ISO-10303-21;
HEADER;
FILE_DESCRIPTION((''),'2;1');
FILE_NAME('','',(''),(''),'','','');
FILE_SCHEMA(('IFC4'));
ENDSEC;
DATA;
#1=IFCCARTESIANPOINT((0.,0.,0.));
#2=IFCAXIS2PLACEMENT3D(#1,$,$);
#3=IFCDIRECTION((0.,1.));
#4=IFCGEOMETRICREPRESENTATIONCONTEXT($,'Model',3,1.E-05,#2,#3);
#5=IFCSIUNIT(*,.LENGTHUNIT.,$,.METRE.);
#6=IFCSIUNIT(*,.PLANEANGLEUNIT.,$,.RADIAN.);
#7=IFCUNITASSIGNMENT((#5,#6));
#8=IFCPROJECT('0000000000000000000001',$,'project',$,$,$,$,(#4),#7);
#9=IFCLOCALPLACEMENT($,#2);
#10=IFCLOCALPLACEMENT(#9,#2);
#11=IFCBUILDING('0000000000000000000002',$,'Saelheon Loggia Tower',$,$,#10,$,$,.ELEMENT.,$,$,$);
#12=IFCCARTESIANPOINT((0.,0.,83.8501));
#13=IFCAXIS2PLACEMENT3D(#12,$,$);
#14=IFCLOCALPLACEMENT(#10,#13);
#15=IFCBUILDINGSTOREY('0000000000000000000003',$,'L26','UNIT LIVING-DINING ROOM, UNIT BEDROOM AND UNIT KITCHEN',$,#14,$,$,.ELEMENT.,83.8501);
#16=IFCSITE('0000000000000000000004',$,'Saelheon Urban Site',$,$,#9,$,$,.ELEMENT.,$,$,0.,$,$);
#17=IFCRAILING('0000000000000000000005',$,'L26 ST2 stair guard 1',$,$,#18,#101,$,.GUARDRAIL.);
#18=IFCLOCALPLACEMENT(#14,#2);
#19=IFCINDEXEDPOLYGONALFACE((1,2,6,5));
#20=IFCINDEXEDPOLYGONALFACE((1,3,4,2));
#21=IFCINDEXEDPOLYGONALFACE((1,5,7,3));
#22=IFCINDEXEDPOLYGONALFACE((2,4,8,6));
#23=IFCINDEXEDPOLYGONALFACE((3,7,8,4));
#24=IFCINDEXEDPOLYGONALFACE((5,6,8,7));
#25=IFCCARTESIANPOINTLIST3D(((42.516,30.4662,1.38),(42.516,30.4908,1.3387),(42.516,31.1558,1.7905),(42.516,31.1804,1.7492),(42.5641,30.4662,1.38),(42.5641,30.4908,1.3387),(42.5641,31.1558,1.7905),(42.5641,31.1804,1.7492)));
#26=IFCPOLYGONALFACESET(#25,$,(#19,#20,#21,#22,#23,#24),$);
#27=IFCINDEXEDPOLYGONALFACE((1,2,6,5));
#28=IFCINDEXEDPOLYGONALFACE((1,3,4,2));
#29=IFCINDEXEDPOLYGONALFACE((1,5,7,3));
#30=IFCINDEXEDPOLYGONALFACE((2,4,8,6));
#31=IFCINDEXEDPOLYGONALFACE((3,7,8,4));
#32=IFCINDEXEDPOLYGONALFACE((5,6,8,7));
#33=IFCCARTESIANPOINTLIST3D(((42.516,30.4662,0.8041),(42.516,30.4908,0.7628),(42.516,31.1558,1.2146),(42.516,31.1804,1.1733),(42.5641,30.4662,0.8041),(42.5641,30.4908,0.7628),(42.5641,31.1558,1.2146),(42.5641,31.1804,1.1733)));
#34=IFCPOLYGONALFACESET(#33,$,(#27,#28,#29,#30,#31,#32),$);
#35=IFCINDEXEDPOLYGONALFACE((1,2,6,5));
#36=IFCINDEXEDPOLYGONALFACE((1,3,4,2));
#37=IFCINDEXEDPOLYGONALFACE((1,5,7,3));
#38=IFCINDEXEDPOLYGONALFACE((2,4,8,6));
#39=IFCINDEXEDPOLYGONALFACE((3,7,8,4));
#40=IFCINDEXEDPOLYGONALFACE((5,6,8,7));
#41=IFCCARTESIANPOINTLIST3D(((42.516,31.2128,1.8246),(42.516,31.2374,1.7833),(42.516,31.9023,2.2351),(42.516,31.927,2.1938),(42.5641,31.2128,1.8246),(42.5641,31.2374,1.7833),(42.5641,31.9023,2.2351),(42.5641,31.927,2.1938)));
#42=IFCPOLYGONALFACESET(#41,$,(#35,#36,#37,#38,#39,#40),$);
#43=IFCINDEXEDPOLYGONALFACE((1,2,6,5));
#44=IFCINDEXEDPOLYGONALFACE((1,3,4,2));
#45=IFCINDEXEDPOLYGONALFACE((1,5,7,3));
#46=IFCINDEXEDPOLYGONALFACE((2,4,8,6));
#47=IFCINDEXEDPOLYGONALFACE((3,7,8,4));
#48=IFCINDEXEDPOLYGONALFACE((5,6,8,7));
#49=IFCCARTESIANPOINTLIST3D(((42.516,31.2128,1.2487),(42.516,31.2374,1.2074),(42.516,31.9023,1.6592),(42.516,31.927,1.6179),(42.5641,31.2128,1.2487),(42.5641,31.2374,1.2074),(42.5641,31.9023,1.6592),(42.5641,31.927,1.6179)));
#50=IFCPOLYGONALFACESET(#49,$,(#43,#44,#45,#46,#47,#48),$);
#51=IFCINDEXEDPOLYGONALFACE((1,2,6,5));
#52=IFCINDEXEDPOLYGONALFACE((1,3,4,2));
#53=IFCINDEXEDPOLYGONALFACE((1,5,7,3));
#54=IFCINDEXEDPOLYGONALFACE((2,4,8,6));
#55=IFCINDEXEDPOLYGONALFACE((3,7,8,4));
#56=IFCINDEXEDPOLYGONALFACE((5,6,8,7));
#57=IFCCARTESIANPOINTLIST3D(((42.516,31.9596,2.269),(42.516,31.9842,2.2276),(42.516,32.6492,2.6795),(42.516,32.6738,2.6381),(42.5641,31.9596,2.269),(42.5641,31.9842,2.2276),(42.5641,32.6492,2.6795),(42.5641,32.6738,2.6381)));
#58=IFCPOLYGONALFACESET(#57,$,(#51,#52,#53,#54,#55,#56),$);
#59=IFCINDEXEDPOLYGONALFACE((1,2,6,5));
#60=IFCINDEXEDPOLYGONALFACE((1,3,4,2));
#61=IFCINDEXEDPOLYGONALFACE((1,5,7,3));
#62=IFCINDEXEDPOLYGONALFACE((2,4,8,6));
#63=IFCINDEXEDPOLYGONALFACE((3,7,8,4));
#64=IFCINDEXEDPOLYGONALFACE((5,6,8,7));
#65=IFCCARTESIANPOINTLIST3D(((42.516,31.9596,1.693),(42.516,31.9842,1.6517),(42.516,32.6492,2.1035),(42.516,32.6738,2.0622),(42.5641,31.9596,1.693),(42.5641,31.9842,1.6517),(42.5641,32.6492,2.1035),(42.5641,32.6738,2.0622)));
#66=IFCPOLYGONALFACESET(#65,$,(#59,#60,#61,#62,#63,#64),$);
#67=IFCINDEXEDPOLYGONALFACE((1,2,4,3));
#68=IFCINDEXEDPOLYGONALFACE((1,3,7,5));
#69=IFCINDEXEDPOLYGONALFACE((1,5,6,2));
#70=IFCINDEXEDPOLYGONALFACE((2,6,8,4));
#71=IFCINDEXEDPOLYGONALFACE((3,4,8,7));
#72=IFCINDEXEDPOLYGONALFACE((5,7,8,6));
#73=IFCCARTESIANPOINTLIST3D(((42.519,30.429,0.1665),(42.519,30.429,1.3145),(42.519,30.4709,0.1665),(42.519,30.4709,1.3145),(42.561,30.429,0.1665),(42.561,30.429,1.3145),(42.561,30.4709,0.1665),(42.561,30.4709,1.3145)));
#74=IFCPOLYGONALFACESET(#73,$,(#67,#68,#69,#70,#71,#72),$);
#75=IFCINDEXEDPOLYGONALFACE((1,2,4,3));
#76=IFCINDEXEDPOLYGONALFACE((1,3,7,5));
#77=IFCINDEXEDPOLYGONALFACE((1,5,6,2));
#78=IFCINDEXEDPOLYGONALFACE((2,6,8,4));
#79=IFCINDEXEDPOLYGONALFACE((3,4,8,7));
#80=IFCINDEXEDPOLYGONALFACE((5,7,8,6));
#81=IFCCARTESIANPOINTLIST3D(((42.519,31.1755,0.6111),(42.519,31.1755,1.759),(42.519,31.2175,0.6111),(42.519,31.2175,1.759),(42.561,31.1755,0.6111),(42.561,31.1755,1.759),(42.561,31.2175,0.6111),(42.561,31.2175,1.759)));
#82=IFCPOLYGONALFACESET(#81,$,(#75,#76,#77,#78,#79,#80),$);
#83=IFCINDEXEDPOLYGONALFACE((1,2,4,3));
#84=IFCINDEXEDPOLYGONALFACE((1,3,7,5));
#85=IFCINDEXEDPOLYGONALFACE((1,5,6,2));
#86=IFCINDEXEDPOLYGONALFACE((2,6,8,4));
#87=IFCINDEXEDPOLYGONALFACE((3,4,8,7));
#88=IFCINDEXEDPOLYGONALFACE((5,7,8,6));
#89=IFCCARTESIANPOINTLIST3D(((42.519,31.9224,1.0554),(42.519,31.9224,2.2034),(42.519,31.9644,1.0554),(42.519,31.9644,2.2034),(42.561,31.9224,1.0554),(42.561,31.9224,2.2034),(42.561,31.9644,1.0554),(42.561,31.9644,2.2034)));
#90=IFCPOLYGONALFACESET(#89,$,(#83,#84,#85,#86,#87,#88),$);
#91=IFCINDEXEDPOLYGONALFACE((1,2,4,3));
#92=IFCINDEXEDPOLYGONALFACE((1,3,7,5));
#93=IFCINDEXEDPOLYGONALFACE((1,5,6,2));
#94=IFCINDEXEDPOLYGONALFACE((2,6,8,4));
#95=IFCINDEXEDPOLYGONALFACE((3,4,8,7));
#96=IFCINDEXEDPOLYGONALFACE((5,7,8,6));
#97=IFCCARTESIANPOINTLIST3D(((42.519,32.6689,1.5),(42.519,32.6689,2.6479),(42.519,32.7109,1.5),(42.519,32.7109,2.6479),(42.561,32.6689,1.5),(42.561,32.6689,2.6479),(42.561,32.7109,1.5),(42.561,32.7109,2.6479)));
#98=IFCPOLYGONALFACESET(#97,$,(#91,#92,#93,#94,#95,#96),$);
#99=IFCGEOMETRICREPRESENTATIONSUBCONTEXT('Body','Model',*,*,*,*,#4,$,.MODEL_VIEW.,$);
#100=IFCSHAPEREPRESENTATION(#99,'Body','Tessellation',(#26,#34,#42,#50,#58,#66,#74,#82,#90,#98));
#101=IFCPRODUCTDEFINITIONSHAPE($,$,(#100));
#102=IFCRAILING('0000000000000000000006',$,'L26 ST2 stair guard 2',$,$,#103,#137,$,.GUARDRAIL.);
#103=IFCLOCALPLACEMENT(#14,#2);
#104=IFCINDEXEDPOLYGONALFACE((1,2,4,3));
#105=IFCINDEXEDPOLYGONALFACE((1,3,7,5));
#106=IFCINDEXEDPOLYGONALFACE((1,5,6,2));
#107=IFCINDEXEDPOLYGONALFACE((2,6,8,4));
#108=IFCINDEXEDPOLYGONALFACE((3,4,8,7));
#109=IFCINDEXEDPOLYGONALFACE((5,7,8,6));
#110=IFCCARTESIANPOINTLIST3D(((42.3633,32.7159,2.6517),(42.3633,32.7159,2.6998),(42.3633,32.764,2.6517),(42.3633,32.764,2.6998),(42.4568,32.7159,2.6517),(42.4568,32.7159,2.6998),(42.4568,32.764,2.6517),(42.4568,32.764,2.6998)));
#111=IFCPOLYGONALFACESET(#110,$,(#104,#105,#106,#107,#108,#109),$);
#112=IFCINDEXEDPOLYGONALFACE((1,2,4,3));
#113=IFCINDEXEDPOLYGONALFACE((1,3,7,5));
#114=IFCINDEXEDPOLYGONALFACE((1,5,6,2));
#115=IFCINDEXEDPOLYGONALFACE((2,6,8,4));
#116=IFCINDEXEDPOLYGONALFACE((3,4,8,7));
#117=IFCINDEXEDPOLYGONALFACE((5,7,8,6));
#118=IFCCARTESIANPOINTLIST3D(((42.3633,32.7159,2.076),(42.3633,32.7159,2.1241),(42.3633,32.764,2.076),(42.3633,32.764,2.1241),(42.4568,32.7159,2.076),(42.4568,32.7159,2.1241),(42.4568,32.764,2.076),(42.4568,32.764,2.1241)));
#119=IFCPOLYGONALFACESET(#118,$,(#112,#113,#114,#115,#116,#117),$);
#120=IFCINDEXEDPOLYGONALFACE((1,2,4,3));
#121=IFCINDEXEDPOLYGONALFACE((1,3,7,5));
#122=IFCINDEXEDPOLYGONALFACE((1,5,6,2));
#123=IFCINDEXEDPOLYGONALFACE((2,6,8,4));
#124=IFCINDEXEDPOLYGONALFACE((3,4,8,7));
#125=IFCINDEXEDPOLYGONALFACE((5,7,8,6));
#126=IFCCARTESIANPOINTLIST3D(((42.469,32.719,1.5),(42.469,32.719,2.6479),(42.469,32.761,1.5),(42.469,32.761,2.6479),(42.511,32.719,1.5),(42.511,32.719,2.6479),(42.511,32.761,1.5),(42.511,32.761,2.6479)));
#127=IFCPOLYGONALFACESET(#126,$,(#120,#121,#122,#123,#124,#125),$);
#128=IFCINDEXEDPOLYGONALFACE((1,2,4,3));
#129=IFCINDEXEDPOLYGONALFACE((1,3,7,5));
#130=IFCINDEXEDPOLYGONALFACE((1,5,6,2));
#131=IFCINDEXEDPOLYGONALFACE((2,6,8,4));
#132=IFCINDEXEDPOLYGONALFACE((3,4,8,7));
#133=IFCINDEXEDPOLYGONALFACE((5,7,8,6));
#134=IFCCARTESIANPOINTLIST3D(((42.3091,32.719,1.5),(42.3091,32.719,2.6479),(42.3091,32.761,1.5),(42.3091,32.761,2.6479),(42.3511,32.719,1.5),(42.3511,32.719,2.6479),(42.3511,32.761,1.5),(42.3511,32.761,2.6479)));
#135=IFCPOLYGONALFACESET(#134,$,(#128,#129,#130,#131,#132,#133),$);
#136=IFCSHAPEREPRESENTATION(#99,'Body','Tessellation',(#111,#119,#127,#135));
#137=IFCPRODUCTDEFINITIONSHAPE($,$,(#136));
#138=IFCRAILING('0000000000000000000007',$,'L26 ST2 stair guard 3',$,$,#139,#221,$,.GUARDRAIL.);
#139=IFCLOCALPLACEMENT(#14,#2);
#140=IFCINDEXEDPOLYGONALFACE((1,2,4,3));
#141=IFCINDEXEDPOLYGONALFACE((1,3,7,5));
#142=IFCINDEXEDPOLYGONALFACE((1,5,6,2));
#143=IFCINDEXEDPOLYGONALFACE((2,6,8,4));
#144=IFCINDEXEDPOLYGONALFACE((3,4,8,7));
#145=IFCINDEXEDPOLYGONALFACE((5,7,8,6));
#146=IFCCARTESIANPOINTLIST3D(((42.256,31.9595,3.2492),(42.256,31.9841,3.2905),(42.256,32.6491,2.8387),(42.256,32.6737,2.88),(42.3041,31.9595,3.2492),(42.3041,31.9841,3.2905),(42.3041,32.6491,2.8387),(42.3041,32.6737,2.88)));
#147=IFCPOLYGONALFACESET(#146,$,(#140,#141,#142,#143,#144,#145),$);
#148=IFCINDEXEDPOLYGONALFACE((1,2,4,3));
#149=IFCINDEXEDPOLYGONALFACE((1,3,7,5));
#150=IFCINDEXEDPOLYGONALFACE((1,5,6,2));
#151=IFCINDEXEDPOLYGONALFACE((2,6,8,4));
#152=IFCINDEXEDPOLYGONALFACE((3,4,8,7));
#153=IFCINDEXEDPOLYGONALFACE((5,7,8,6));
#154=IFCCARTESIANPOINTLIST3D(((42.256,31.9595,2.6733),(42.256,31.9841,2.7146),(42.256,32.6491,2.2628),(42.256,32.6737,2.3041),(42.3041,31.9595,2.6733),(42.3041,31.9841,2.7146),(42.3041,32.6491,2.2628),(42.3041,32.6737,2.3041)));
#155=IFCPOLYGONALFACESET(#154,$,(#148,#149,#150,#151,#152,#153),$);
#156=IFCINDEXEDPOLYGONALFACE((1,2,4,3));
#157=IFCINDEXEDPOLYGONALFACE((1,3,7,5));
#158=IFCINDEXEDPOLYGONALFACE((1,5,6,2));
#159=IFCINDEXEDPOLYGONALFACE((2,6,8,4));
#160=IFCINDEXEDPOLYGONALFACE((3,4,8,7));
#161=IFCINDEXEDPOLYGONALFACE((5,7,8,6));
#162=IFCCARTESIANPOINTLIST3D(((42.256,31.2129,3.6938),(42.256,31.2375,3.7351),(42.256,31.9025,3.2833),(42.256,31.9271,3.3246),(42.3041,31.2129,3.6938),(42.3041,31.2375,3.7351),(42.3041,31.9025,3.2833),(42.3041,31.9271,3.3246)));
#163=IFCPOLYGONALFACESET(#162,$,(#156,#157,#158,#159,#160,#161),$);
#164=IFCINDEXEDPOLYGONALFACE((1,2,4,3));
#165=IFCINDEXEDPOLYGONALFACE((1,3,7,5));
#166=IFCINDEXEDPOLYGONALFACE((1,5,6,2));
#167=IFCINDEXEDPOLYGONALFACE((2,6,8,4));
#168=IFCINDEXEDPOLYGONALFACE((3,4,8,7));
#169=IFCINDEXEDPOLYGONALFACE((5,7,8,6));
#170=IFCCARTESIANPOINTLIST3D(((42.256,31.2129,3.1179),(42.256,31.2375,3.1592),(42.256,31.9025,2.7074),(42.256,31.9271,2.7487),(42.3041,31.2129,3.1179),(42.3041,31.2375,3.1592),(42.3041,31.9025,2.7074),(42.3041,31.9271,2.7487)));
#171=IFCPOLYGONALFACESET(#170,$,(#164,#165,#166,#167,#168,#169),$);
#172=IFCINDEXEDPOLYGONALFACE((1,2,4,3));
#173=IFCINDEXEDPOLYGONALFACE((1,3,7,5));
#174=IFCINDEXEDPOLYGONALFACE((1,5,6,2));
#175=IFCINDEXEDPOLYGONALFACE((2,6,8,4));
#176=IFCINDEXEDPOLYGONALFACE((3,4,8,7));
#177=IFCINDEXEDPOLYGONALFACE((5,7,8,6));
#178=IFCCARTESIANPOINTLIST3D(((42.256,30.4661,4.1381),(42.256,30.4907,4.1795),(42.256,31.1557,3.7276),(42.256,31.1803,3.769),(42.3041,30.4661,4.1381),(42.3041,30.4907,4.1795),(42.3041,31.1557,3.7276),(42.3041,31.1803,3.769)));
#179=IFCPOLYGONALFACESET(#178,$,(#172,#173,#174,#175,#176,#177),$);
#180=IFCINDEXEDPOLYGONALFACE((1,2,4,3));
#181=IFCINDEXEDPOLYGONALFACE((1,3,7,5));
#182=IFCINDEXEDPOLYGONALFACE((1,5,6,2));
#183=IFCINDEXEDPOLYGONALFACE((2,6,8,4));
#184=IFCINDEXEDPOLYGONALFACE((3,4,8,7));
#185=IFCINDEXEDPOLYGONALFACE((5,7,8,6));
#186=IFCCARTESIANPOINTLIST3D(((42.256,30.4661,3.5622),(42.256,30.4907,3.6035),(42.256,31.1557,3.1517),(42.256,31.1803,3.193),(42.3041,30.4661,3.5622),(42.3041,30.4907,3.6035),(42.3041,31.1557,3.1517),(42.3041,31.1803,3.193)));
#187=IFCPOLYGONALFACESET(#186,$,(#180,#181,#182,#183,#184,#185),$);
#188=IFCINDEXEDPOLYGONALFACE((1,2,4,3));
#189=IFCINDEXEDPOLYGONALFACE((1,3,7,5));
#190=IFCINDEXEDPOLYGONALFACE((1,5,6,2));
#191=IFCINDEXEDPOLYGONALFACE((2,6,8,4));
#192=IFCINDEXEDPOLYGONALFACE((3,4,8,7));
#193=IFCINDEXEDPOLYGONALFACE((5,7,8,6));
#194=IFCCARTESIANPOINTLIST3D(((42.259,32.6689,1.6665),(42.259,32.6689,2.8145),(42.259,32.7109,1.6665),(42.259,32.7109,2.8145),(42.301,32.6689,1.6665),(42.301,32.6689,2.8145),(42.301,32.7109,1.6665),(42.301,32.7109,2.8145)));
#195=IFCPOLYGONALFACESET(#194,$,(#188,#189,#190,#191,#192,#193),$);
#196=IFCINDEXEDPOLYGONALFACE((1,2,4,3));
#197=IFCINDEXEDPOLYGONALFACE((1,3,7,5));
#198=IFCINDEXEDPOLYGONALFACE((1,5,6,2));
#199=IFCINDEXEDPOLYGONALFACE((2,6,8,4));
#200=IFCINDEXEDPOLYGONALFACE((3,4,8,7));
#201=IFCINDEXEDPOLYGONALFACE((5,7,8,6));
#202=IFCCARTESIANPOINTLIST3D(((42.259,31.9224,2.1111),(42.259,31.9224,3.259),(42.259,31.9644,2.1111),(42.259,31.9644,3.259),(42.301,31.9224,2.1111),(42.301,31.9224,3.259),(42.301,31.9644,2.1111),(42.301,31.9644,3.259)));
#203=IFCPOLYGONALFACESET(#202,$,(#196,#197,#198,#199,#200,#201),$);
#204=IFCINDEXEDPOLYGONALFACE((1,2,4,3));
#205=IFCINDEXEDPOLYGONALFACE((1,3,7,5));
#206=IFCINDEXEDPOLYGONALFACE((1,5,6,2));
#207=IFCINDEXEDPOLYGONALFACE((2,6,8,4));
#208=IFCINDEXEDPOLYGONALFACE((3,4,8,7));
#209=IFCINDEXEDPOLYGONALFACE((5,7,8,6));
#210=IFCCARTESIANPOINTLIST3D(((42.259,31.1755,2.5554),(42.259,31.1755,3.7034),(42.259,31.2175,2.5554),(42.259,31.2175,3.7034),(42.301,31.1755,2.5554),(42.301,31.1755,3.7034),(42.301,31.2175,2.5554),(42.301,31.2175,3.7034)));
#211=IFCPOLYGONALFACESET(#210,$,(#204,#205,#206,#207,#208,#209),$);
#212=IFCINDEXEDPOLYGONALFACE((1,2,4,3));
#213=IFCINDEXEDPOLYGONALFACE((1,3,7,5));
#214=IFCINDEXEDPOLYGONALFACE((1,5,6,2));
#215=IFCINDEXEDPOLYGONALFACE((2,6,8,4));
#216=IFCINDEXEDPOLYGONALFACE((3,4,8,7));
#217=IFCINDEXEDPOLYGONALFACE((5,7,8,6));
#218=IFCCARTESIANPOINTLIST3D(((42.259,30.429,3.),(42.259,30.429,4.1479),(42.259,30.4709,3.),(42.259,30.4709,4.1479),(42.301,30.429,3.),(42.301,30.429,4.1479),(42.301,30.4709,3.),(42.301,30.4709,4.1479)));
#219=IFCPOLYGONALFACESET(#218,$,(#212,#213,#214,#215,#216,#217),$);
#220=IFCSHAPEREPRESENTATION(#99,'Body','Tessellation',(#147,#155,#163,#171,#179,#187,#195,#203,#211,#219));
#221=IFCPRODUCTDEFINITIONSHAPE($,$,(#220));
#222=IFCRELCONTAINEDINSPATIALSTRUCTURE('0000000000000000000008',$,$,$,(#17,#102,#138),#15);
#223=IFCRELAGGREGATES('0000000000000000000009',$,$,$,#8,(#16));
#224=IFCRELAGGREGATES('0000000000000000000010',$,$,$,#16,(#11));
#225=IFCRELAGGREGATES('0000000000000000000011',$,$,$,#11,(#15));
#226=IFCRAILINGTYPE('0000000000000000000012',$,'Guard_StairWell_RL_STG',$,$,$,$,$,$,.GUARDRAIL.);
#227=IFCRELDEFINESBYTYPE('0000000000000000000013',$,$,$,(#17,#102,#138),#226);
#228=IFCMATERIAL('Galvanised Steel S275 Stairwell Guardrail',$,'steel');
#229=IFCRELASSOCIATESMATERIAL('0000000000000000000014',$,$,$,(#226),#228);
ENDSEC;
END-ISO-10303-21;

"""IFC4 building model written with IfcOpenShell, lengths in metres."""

from ifc_helpers import new_model, si_unit, direction, frame, origin, origin_2d, place, context, subcontext, project, spatial, rectangle, extrude, material, type_object, element, save


model = new_model("IFC4")

# Units and contexts
model_context = context("Model", 3, precision=1e-05, world=origin(), true_north=direction((0.0, 1.0)))
body_context = subcontext(model_context, "Body", "Model", "MODEL_VIEW")
ifc_project = project(units=[si_unit("LENGTHUNIT", "METRE"), si_unit("PLANEANGLEUNIT", "RADIAN")], contexts=[model_context])

# Site, building, storey
site_placement = place(None, origin())
site = spatial("IfcSite", under=ifc_project, at=site_placement, Name="Saelheon Urban Site", CompositionType="ELEMENT", RefElevation=0.0)
building_placement = place(site_placement, origin())
building = spatial("IfcBuilding", under=site, at=building_placement, Name="Saelheon Loggia Tower", CompositionType="ELEMENT")
storey_placement = place(building_placement, frame((0.0, 0.0, 83.8501)))
storey = spatial("IfcBuildingStorey", under=building, at=storey_placement, Name="L26", Description="UNIT LIVING-DINING ROOM, UNIT BEDROOM AND UNIT KITCHEN", CompositionType="ELEMENT", Elevation=83.8501)

# Railings
ifc_material_1 = material(Name="Galvanised Steel S275 Stairwell Guardrail", Category="steel")
railing_type_1 = type_object("IfcRailingType", Name="Guard_StairWell_RL_STG", PredefinedType="GUARDRAIL", material=ifc_material_1)
railing_1_placement = place(storey_placement, frame((42.54, 30.45, 0.1665)))
element("IfcRailing", 1, at=railing_1_placement, inside=storey, type_object=railing_type_1, Name="L26 ST2 stair guard 1", PredefinedType="GUARDRAIL", context=body_context, shape_type="SweptSolid", body=[
    extrude(rectangle(XDim=0.0481, YDim=0.0481, at=origin_2d()), frame((0.0, 0.0286, 1.1929), z_axis=(0.0, 0.859264, 0.511532), x_axis=(-1.0, 0.0, 0.0)), (0.0, 0.0, 1.0), 0.8025),
    extrude(rectangle(XDim=0.0481, YDim=0.0481, at=origin_2d()), frame((0.0, 0.0286, 0.6169), z_axis=(0.0, 0.859264, 0.511532), x_axis=(-1.0, 0.0, 0.0)), (0.0, 0.0, 1.0), 0.8025),
    extrude(rectangle(XDim=0.0481, YDim=0.0481, at=origin_2d()), frame((0.0, 0.7751, 1.6375), z_axis=(0.0, 0.859264, 0.511532), x_axis=(-1.0, 0.0, 0.0)), (0.0, 0.0, 1.0), 0.8025),
    extrude(rectangle(XDim=0.0481, YDim=0.0481, at=origin_2d()), frame((0.0, 0.7751, 1.0615), z_axis=(0.0, 0.859264, 0.511532), x_axis=(-1.0, 0.0, 0.0)), (0.0, 0.0, 1.0), 0.8025),
    extrude(rectangle(XDim=0.0481, YDim=0.0481, at=origin_2d()), frame((0.0, 1.522, 2.0818), z_axis=(0.0, 0.859264, 0.511532), x_axis=(-1.0, 0.0, 0.0)), (0.0, 0.0, 1.0), 0.8025),
    extrude(rectangle(XDim=0.0481, YDim=0.0481, at=origin_2d()), frame((0.0, 1.522, 1.5059), z_axis=(0.0, 0.859264, 0.511532), x_axis=(-1.0, 0.0, 0.0)), (0.0, 0.0, 1.0), 0.8025),
    extrude(rectangle(XDim=0.042, YDim=0.042, at=origin_2d()), origin(), (0.0, 0.0, 1.0), 1.1479),
    extrude(rectangle(XDim=0.042, YDim=0.042, at=origin_2d()), frame((0.0, 0.7466, 0.4446)), (0.0, 0.0, 1.0), 1.1479),
    extrude(rectangle(XDim=0.042, YDim=0.042, at=origin_2d()), frame((0.0, 1.4934, 0.8889)), (0.0, 0.0, 1.0), 1.1479),
    extrude(rectangle(XDim=0.042, YDim=0.042, at=origin_2d()), frame((0.0, 2.24, 1.3335)), (0.0, 0.0, 1.0), 1.1479),
])
railing_2_placement = place(storey_placement, frame((42.49, 32.74, 1.5)))
element("IfcRailing", 2, at=railing_2_placement, inside=storey, type_object=railing_type_1, Name="L26 ST2 stair guard 2", PredefinedType="GUARDRAIL", context=body_context, shape_type="SweptSolid", body=[
    extrude(rectangle(XDim=0.0481, YDim=0.0481, at=origin_2d()), frame((-0.0332, 0.0, 1.1758), z_axis=(-1.0, 0.0, 0.0), x_axis=(0.0, -1.0, 0.0)), (0.0, 0.0, 1.0), 0.0935),
    extrude(rectangle(XDim=0.0481, YDim=0.0481, at=origin_2d()), frame((-0.0332, 0.0, 0.6001), z_axis=(-1.0, 0.0, 0.0), x_axis=(0.0, -1.0, 0.0)), (0.0, 0.0, 1.0), 0.0935),
    extrude(rectangle(XDim=0.042, YDim=0.042, at=origin_2d()), origin(), (0.0, 0.0, 1.0), 1.1479),
    extrude(rectangle(XDim=0.042, YDim=0.042, at=origin_2d()), frame((-0.1599, 0.0, 0.0)), (0.0, 0.0, 1.0), 1.1479),
])
railing_3_placement = place(storey_placement, frame((42.28, 32.6899, 1.6665)))
element("IfcRailing", 3, at=railing_3_placement, inside=storey, type_object=railing_type_1, Name="L26 ST2 stair guard 3", PredefinedType="GUARDRAIL", context=body_context, shape_type="SweptSolid", body=[
    extrude(rectangle(XDim=0.0481, YDim=0.0481, at=origin_2d()), frame((0.0, -0.0286, 1.1929), z_axis=(0.0, -0.859264, 0.511532), x_axis=(1.0, 0.0, 0.0)), (0.0, 0.0, 1.0), 0.8025),
    extrude(rectangle(XDim=0.0481, YDim=0.0481, at=origin_2d()), frame((0.0, -0.0286, 0.6169), z_axis=(0.0, -0.859264, 0.511532), x_axis=(1.0, 0.0, 0.0)), (0.0, 0.0, 1.0), 0.8025),
    extrude(rectangle(XDim=0.0481, YDim=0.0481, at=origin_2d()), frame((0.0, -0.7751, 1.6375), z_axis=(0.0, -0.859264, 0.511532), x_axis=(1.0, 0.0, 0.0)), (0.0, 0.0, 1.0), 0.8025),
    extrude(rectangle(XDim=0.0481, YDim=0.0481, at=origin_2d()), frame((0.0, -0.7751, 1.0615), z_axis=(0.0, -0.859264, 0.511532), x_axis=(1.0, 0.0, 0.0)), (0.0, 0.0, 1.0), 0.8025),
    extrude(rectangle(XDim=0.0481, YDim=0.0481, at=origin_2d()), frame((0.0, -1.522, 2.0818), z_axis=(0.0, -0.859264, 0.511532), x_axis=(1.0, 0.0, 0.0)), (0.0, 0.0, 1.0), 0.8025),
    extrude(rectangle(XDim=0.0481, YDim=0.0481, at=origin_2d()), frame((0.0, -1.522, 1.5059), z_axis=(0.0, -0.859264, 0.511532), x_axis=(1.0, 0.0, 0.0)), (0.0, 0.0, 1.0), 0.8025),
    extrude(rectangle(XDim=0.042, YDim=0.042, at=origin_2d()), origin(), (0.0, 0.0, 1.0), 1.1479),
    extrude(rectangle(XDim=0.042, YDim=0.042, at=origin_2d()), frame((0.0, -0.7466, 0.4446)), (0.0, 0.0, 1.0), 1.1479),
    extrude(rectangle(XDim=0.042, YDim=0.042, at=origin_2d()), frame((0.0, -1.4934, 0.8889)), (0.0, 0.0, 1.0), 1.1479),
    extrude(rectangle(XDim=0.042, YDim=0.042, at=origin_2d()), frame((0.0, -2.24, 1.3335)), (0.0, 0.0, 1.0), 1.1479),
])

save(model, "model.ifc")
